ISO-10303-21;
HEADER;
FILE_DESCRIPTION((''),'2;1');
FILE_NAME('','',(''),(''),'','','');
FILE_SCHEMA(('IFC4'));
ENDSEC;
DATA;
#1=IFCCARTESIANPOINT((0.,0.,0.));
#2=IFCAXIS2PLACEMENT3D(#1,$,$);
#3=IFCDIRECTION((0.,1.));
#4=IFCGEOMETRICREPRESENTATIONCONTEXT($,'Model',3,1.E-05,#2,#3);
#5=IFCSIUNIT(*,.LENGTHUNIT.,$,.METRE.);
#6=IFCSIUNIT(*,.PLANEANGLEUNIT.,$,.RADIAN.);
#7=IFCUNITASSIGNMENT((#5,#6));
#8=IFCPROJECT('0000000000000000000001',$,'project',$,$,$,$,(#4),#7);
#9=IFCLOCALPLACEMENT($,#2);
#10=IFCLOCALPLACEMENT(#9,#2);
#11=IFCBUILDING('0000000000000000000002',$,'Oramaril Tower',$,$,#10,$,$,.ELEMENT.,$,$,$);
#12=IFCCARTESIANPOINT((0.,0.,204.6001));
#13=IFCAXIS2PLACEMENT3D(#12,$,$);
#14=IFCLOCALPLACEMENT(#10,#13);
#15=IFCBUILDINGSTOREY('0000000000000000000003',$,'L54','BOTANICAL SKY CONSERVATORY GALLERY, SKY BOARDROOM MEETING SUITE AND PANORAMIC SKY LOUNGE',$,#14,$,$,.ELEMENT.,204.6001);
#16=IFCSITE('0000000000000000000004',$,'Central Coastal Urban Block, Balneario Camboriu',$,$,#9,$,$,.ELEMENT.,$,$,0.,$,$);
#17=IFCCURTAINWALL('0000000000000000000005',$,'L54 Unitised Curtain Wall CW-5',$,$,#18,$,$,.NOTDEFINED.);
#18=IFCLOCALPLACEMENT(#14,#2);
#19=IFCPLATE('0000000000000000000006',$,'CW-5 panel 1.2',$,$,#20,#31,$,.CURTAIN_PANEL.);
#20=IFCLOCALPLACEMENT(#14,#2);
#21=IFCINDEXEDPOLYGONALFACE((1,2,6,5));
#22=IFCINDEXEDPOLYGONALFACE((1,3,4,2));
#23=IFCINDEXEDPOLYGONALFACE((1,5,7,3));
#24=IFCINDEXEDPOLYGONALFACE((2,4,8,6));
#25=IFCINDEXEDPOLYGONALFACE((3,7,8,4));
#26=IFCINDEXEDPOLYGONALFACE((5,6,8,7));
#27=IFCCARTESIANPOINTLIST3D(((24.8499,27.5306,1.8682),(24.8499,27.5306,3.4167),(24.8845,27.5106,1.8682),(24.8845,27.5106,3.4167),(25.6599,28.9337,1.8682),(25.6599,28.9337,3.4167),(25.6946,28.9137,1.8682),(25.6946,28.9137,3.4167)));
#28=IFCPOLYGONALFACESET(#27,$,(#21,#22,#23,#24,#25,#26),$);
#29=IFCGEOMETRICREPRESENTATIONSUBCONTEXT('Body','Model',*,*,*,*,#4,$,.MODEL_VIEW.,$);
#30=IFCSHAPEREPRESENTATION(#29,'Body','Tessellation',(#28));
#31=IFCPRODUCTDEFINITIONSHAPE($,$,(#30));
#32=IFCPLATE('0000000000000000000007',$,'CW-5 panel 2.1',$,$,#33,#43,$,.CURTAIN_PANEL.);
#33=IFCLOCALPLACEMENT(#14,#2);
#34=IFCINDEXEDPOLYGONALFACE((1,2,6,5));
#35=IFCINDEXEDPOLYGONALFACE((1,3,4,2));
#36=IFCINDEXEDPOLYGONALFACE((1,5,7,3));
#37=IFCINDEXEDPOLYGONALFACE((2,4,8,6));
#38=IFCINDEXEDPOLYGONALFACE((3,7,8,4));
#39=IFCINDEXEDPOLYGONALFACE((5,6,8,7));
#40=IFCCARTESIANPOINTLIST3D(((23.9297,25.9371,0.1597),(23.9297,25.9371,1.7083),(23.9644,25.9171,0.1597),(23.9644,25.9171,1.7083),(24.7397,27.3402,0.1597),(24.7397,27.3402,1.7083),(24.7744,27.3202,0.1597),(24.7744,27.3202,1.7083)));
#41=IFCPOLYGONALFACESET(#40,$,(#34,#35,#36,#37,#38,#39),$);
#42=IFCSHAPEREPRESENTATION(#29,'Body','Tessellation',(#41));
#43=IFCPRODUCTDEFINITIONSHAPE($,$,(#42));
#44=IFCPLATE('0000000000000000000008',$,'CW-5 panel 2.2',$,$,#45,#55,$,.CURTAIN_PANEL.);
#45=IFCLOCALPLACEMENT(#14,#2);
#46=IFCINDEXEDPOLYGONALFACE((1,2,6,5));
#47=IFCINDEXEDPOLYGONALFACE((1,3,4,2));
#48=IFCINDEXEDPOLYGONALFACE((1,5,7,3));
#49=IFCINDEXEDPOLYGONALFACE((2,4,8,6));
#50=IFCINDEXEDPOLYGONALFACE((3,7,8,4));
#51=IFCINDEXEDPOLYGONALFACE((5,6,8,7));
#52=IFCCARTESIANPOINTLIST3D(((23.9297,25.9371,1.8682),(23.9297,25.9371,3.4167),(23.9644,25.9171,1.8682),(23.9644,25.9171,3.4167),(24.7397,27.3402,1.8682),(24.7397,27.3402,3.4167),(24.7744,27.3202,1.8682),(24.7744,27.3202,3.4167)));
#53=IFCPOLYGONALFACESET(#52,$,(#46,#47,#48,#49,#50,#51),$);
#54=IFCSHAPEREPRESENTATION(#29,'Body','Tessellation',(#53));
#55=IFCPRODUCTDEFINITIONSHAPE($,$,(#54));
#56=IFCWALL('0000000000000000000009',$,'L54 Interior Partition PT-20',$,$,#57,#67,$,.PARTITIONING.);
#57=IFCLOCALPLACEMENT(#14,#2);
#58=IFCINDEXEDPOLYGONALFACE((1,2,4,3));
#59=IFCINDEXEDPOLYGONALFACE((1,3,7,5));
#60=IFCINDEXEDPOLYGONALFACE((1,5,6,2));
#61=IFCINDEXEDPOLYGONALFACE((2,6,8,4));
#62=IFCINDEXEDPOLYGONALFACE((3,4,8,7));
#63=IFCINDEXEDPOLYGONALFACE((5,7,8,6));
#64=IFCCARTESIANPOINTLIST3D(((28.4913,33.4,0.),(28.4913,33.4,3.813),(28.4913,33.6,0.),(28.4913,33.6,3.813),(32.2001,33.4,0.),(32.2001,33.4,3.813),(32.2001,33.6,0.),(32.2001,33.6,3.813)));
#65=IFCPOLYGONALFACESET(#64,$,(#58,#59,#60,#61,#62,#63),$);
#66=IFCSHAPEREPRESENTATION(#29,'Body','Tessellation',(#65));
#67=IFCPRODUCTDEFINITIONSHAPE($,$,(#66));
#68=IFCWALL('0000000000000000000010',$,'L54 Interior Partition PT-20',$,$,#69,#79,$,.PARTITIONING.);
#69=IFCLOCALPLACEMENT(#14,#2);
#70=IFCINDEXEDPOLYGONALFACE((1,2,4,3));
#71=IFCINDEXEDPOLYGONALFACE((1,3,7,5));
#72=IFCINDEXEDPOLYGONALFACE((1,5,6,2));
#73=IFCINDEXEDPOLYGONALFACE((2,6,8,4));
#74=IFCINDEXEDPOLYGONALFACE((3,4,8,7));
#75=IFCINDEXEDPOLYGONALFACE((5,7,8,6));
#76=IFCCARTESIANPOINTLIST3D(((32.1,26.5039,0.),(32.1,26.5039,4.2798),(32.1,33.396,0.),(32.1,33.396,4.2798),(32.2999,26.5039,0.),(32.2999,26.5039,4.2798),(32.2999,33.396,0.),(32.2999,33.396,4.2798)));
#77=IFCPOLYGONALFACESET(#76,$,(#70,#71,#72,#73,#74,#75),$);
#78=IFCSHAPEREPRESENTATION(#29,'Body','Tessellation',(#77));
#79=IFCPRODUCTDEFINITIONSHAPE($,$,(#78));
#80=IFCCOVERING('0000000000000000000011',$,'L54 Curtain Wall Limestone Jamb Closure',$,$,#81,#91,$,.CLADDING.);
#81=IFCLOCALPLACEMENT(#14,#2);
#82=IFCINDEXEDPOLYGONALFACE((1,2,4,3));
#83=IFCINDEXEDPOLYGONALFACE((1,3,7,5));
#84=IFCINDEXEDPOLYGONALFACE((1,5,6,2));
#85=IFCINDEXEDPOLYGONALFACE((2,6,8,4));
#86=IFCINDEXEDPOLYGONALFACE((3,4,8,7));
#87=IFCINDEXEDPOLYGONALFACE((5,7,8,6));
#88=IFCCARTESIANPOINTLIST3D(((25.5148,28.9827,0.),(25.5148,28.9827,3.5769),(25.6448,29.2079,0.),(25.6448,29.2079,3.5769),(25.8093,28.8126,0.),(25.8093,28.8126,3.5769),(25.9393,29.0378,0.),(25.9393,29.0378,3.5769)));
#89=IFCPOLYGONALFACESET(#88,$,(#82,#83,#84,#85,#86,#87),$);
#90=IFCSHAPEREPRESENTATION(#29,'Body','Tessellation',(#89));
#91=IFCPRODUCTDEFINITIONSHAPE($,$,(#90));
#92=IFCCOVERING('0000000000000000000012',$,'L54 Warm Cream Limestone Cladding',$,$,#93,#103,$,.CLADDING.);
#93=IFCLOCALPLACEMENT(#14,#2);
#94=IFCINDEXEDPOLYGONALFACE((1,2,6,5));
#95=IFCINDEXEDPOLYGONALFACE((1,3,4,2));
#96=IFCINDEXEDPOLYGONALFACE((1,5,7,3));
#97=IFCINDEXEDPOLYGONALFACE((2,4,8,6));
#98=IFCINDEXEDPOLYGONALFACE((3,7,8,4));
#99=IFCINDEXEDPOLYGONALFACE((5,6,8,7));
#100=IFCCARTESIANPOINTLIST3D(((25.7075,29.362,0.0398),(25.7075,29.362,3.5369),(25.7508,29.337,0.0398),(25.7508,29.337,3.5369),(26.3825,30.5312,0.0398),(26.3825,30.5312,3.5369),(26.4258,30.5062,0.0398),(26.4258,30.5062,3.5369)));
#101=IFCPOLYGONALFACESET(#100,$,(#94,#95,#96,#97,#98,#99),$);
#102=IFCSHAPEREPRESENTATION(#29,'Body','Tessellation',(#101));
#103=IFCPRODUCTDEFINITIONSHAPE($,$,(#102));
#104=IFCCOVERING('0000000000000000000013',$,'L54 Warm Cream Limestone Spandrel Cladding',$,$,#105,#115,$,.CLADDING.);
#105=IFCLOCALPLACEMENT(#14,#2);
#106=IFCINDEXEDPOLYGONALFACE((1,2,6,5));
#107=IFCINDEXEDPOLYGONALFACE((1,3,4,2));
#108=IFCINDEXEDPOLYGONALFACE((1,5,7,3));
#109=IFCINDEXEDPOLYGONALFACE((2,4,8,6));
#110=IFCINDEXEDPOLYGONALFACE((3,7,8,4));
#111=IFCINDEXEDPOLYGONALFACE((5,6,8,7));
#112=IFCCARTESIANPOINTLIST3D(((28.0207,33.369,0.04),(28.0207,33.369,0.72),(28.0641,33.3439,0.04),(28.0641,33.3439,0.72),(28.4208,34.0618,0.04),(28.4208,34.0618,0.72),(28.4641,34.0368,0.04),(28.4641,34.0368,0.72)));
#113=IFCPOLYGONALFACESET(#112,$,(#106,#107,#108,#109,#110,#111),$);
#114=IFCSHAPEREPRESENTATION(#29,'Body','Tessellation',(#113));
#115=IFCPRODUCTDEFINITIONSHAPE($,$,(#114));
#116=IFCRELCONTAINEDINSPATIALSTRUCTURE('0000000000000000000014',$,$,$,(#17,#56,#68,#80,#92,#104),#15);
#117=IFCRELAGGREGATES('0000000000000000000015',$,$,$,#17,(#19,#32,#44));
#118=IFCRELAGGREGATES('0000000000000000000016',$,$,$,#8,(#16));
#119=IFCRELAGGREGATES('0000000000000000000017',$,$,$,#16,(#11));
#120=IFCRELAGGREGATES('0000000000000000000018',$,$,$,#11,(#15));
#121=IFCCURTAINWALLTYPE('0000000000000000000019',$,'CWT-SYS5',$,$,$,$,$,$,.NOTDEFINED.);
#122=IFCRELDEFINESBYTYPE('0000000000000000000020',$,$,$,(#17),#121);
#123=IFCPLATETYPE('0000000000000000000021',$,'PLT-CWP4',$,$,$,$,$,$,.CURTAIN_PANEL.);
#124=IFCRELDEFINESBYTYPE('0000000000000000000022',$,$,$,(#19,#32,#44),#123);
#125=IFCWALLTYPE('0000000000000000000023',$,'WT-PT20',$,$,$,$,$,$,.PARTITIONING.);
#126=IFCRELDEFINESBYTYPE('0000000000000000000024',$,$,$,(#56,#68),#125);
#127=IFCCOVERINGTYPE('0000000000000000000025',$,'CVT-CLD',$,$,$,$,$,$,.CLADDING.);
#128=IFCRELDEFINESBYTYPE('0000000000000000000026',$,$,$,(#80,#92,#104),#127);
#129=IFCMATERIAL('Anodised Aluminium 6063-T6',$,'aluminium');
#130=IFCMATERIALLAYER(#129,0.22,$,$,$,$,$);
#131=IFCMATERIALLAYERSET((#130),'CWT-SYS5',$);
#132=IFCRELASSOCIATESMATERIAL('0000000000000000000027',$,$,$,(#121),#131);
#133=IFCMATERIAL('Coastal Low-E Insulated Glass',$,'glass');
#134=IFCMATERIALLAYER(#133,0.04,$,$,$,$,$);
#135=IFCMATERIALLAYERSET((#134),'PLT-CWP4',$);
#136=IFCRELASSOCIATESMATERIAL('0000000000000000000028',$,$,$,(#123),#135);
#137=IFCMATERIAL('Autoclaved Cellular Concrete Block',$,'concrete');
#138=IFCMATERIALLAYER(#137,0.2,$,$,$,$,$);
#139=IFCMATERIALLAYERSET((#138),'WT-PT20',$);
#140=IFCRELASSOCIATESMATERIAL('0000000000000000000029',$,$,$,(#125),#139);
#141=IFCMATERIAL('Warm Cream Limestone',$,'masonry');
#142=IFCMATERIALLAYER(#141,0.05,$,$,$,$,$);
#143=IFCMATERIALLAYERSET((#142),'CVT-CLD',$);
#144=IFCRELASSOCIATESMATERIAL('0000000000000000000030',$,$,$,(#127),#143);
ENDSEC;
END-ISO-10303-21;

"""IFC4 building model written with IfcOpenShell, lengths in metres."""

from ifc_helpers import new_model, si_unit, direction, frame, frame_2d, origin, origin_2d, place, context, subcontext, project, spatial, rectangle, extrude, material, layer, layer_set, type_object, element, aggregate, save


model = new_model("IFC4")

# Units and contexts
model_context = context("Model", 3, precision=1e-05, world=origin(), true_north=direction((0.0, 1.0)))
body_context = subcontext(model_context, "Body", "Model", "MODEL_VIEW")
ifc_project = project(units=[si_unit("LENGTHUNIT", "METRE"), si_unit("PLANEANGLEUNIT", "RADIAN")], contexts=[model_context])

# Site, building, storey
site_placement = place(None, origin())
site = spatial("IfcSite", under=ifc_project, at=site_placement, Name="Central Coastal Urban Block, Balneario Camboriu", CompositionType="ELEMENT", RefElevation=0.0)
building_placement = place(site_placement, origin())
building = spatial("IfcBuilding", under=site, at=building_placement, Name="Oramaril Tower", CompositionType="ELEMENT")
storey_placement = place(building_placement, frame((0.0, 0.0, 204.6001)))
storey = spatial("IfcBuildingStorey", under=building, at=storey_placement, Name="L54", Description="BOTANICAL SKY CONSERVATORY GALLERY, SKY BOARDROOM MEETING SUITE AND PANORAMIC SKY LOUNGE", CompositionType="ELEMENT", Elevation=204.6001)

# Curtain wall, plates
ifc_material_1 = material(Name="Anodised Aluminium 6063-T6", Category="aluminium")
ifc_layer_1 = layer(ifc_material_1, 0.22)
ifc_layer_set_1 = layer_set([ifc_layer_1], Name="CWT-SYS5")
curtain_wall_type = type_object("IfcCurtainWallType", Name="CWT-SYS5", PredefinedType="NOTDEFINED", material=ifc_layer_set_1)
curtain_wall_placement = place(storey_placement, origin())
curtain_wall = element("IfcCurtainWall", 1, at=curtain_wall_placement, inside=storey, type_object=curtain_wall_type, Name="L54 Unitised Curtain Wall CW-5", PredefinedType="NOTDEFINED")
ifc_material_2 = material(Name="Coastal Low-E Insulated Glass", Category="glass")
ifc_layer_2 = layer(ifc_material_2, 0.04)
ifc_layer_set_2 = layer_set([ifc_layer_2], Name="PLT-CWP4")
plate_type = type_object("IfcPlateType", Name="PLT-CWP4", PredefinedType="CURTAIN_PANEL", material=ifc_layer_set_2)
plate_1_placement = place(storey_placement, frame((25.2722, 28.2222, 1.8682), z_axis=(0.0, 0.0, 1.0), x_axis=(-0.5, -0.866025, 0.0)))
plate_1 = element("IfcPlate", 2, at=plate_1_placement, type_object=plate_type, Name="CW-5 panel 1.2", PredefinedType="CURTAIN_PANEL", context=body_context, shape_type="SweptSolid", body=[
    extrude(rectangle(XDim=1.6201, YDim=0.04, at=origin_2d()), origin(), (0.0, 0.0, 1.0), 1.5486),
])
plate_2_placement = place(storey_placement, frame((24.3521, 26.6287, 0.1597), z_axis=(0.0, 0.0, 1.0), x_axis=(-0.5, -0.866025, 0.0)))
plate_2 = element("IfcPlate", 3, at=plate_2_placement, type_object=plate_type, Name="CW-5 panel 2.1", PredefinedType="CURTAIN_PANEL", context=body_context, shape_type="SweptSolid", body=[
    extrude(rectangle(XDim=1.6201, YDim=0.04, at=origin_2d()), origin(), (0.0, 0.0, 1.0), 1.5486),
])
plate_3_placement = place(storey_placement, frame((24.3521, 26.6287, 1.8682), z_axis=(0.0, 0.0, 1.0), x_axis=(-0.5, -0.866025, 0.0)))
plate_3 = element("IfcPlate", 4, at=plate_3_placement, type_object=plate_type, Name="CW-5 panel 2.2", PredefinedType="CURTAIN_PANEL", context=body_context, shape_type="SweptSolid", body=[
    extrude(rectangle(XDim=1.6201, YDim=0.04, at=origin_2d()), origin(), (0.0, 0.0, 1.0), 1.5486),
])
aggregate(curtain_wall, [plate_1, plate_2, plate_3])

# Walls
ifc_material_3 = material(Name="Autoclaved Cellular Concrete Block", Category="concrete")
ifc_layer_3 = layer(ifc_material_3, 0.2)
ifc_layer_set_3 = layer_set([ifc_layer_3], Name="WT-PT20")
wall_type = type_object("IfcWallType", Name="WT-PT20", PredefinedType="PARTITIONING", material=ifc_layer_set_3)
wall_1_placement = place(storey_placement, frame((28.4912, 33.5, 0.0), z_axis=(0.0, 0.0, 1.0), x_axis=(1.0, 0.0, 0.0)))
element("IfcWall", 5, at=wall_1_placement, inside=storey, type_object=wall_type, Name="L54 Interior Partition PT-20", PredefinedType="PARTITIONING", context=body_context, shape_type="SweptSolid", body=[
    extrude(rectangle(XDim=3.7087, YDim=0.2, at=frame_2d((1.8545, 0.0))), origin(), (0.0, 0.0, 1.0), 3.813),
])
wall_2_placement = place(storey_placement, frame((32.2, 26.5039, 0.0), z_axis=(0.0, 0.0, 1.0), x_axis=(0.0, 1.0, 0.0)))
element("IfcWall", 6, at=wall_2_placement, inside=storey, type_object=wall_type, Name="L54 Interior Partition PT-20", PredefinedType="PARTITIONING", context=body_context, shape_type="SweptSolid", body=[
    extrude(rectangle(XDim=6.8921, YDim=0.2, at=frame_2d((3.446, 0.0))), origin(), (0.0, 0.0, 1.0), 4.2798),
])

# Coverings
ifc_material_4 = material(Name="Warm Cream Limestone", Category="masonry")
ifc_layer_4 = layer(ifc_material_4, 0.05)
ifc_layer_set_4 = layer_set([ifc_layer_4], Name="CVT-CLD")
covering_type = type_object("IfcCoveringType", Name="CVT-CLD", PredefinedType="CLADDING", material=ifc_layer_set_4)
covering_1_placement = place(storey_placement, frame((25.7271, 29.0103, 0.0), z_axis=(0.0, 0.0, 1.0), x_axis=(-0.5, -0.866025, 0.0)))
element("IfcCovering", 7, at=covering_1_placement, inside=storey, type_object=covering_type, Name="L54 Curtain Wall Limestone Jamb Closure", PredefinedType="CLADDING", context=body_context, shape_type="SweptSolid", body=[
    extrude(rectangle(XDim=0.26, YDim=0.3401, at=origin_2d()), origin(), (0.0, 0.0, 1.0), 3.5769),
])
covering_2_placement = place(storey_placement, frame((26.0667, 29.9341, 0.0398), z_axis=(0.0, 0.0, 1.0), x_axis=(-0.5, -0.866025, 0.0)))
element("IfcCovering", 8, at=covering_2_placement, inside=storey, type_object=covering_type, Name="L54 Warm Cream Limestone Cladding", PredefinedType="CLADDING", context=body_context, shape_type="SweptSolid", body=[
    extrude(rectangle(XDim=1.3501, YDim=0.05, at=origin_2d()), origin(), (0.0, 0.0, 1.0), 3.4971),
])
covering_3_placement = place(storey_placement, frame((28.2424, 33.7029, 0.04), z_axis=(0.0, 0.0, 1.0), x_axis=(-0.5, -0.866025, 0.0)))
element("IfcCovering", 9, at=covering_3_placement, inside=storey, type_object=covering_type, Name="L54 Warm Cream Limestone Spandrel Cladding", PredefinedType="CLADDING", context=body_context, shape_type="SweptSolid", body=[
    extrude(rectangle(XDim=0.8, YDim=0.05, at=origin_2d()), origin(), (0.0, 0.0, 1.0), 0.6799),
])

save(model, "model.ifc")
